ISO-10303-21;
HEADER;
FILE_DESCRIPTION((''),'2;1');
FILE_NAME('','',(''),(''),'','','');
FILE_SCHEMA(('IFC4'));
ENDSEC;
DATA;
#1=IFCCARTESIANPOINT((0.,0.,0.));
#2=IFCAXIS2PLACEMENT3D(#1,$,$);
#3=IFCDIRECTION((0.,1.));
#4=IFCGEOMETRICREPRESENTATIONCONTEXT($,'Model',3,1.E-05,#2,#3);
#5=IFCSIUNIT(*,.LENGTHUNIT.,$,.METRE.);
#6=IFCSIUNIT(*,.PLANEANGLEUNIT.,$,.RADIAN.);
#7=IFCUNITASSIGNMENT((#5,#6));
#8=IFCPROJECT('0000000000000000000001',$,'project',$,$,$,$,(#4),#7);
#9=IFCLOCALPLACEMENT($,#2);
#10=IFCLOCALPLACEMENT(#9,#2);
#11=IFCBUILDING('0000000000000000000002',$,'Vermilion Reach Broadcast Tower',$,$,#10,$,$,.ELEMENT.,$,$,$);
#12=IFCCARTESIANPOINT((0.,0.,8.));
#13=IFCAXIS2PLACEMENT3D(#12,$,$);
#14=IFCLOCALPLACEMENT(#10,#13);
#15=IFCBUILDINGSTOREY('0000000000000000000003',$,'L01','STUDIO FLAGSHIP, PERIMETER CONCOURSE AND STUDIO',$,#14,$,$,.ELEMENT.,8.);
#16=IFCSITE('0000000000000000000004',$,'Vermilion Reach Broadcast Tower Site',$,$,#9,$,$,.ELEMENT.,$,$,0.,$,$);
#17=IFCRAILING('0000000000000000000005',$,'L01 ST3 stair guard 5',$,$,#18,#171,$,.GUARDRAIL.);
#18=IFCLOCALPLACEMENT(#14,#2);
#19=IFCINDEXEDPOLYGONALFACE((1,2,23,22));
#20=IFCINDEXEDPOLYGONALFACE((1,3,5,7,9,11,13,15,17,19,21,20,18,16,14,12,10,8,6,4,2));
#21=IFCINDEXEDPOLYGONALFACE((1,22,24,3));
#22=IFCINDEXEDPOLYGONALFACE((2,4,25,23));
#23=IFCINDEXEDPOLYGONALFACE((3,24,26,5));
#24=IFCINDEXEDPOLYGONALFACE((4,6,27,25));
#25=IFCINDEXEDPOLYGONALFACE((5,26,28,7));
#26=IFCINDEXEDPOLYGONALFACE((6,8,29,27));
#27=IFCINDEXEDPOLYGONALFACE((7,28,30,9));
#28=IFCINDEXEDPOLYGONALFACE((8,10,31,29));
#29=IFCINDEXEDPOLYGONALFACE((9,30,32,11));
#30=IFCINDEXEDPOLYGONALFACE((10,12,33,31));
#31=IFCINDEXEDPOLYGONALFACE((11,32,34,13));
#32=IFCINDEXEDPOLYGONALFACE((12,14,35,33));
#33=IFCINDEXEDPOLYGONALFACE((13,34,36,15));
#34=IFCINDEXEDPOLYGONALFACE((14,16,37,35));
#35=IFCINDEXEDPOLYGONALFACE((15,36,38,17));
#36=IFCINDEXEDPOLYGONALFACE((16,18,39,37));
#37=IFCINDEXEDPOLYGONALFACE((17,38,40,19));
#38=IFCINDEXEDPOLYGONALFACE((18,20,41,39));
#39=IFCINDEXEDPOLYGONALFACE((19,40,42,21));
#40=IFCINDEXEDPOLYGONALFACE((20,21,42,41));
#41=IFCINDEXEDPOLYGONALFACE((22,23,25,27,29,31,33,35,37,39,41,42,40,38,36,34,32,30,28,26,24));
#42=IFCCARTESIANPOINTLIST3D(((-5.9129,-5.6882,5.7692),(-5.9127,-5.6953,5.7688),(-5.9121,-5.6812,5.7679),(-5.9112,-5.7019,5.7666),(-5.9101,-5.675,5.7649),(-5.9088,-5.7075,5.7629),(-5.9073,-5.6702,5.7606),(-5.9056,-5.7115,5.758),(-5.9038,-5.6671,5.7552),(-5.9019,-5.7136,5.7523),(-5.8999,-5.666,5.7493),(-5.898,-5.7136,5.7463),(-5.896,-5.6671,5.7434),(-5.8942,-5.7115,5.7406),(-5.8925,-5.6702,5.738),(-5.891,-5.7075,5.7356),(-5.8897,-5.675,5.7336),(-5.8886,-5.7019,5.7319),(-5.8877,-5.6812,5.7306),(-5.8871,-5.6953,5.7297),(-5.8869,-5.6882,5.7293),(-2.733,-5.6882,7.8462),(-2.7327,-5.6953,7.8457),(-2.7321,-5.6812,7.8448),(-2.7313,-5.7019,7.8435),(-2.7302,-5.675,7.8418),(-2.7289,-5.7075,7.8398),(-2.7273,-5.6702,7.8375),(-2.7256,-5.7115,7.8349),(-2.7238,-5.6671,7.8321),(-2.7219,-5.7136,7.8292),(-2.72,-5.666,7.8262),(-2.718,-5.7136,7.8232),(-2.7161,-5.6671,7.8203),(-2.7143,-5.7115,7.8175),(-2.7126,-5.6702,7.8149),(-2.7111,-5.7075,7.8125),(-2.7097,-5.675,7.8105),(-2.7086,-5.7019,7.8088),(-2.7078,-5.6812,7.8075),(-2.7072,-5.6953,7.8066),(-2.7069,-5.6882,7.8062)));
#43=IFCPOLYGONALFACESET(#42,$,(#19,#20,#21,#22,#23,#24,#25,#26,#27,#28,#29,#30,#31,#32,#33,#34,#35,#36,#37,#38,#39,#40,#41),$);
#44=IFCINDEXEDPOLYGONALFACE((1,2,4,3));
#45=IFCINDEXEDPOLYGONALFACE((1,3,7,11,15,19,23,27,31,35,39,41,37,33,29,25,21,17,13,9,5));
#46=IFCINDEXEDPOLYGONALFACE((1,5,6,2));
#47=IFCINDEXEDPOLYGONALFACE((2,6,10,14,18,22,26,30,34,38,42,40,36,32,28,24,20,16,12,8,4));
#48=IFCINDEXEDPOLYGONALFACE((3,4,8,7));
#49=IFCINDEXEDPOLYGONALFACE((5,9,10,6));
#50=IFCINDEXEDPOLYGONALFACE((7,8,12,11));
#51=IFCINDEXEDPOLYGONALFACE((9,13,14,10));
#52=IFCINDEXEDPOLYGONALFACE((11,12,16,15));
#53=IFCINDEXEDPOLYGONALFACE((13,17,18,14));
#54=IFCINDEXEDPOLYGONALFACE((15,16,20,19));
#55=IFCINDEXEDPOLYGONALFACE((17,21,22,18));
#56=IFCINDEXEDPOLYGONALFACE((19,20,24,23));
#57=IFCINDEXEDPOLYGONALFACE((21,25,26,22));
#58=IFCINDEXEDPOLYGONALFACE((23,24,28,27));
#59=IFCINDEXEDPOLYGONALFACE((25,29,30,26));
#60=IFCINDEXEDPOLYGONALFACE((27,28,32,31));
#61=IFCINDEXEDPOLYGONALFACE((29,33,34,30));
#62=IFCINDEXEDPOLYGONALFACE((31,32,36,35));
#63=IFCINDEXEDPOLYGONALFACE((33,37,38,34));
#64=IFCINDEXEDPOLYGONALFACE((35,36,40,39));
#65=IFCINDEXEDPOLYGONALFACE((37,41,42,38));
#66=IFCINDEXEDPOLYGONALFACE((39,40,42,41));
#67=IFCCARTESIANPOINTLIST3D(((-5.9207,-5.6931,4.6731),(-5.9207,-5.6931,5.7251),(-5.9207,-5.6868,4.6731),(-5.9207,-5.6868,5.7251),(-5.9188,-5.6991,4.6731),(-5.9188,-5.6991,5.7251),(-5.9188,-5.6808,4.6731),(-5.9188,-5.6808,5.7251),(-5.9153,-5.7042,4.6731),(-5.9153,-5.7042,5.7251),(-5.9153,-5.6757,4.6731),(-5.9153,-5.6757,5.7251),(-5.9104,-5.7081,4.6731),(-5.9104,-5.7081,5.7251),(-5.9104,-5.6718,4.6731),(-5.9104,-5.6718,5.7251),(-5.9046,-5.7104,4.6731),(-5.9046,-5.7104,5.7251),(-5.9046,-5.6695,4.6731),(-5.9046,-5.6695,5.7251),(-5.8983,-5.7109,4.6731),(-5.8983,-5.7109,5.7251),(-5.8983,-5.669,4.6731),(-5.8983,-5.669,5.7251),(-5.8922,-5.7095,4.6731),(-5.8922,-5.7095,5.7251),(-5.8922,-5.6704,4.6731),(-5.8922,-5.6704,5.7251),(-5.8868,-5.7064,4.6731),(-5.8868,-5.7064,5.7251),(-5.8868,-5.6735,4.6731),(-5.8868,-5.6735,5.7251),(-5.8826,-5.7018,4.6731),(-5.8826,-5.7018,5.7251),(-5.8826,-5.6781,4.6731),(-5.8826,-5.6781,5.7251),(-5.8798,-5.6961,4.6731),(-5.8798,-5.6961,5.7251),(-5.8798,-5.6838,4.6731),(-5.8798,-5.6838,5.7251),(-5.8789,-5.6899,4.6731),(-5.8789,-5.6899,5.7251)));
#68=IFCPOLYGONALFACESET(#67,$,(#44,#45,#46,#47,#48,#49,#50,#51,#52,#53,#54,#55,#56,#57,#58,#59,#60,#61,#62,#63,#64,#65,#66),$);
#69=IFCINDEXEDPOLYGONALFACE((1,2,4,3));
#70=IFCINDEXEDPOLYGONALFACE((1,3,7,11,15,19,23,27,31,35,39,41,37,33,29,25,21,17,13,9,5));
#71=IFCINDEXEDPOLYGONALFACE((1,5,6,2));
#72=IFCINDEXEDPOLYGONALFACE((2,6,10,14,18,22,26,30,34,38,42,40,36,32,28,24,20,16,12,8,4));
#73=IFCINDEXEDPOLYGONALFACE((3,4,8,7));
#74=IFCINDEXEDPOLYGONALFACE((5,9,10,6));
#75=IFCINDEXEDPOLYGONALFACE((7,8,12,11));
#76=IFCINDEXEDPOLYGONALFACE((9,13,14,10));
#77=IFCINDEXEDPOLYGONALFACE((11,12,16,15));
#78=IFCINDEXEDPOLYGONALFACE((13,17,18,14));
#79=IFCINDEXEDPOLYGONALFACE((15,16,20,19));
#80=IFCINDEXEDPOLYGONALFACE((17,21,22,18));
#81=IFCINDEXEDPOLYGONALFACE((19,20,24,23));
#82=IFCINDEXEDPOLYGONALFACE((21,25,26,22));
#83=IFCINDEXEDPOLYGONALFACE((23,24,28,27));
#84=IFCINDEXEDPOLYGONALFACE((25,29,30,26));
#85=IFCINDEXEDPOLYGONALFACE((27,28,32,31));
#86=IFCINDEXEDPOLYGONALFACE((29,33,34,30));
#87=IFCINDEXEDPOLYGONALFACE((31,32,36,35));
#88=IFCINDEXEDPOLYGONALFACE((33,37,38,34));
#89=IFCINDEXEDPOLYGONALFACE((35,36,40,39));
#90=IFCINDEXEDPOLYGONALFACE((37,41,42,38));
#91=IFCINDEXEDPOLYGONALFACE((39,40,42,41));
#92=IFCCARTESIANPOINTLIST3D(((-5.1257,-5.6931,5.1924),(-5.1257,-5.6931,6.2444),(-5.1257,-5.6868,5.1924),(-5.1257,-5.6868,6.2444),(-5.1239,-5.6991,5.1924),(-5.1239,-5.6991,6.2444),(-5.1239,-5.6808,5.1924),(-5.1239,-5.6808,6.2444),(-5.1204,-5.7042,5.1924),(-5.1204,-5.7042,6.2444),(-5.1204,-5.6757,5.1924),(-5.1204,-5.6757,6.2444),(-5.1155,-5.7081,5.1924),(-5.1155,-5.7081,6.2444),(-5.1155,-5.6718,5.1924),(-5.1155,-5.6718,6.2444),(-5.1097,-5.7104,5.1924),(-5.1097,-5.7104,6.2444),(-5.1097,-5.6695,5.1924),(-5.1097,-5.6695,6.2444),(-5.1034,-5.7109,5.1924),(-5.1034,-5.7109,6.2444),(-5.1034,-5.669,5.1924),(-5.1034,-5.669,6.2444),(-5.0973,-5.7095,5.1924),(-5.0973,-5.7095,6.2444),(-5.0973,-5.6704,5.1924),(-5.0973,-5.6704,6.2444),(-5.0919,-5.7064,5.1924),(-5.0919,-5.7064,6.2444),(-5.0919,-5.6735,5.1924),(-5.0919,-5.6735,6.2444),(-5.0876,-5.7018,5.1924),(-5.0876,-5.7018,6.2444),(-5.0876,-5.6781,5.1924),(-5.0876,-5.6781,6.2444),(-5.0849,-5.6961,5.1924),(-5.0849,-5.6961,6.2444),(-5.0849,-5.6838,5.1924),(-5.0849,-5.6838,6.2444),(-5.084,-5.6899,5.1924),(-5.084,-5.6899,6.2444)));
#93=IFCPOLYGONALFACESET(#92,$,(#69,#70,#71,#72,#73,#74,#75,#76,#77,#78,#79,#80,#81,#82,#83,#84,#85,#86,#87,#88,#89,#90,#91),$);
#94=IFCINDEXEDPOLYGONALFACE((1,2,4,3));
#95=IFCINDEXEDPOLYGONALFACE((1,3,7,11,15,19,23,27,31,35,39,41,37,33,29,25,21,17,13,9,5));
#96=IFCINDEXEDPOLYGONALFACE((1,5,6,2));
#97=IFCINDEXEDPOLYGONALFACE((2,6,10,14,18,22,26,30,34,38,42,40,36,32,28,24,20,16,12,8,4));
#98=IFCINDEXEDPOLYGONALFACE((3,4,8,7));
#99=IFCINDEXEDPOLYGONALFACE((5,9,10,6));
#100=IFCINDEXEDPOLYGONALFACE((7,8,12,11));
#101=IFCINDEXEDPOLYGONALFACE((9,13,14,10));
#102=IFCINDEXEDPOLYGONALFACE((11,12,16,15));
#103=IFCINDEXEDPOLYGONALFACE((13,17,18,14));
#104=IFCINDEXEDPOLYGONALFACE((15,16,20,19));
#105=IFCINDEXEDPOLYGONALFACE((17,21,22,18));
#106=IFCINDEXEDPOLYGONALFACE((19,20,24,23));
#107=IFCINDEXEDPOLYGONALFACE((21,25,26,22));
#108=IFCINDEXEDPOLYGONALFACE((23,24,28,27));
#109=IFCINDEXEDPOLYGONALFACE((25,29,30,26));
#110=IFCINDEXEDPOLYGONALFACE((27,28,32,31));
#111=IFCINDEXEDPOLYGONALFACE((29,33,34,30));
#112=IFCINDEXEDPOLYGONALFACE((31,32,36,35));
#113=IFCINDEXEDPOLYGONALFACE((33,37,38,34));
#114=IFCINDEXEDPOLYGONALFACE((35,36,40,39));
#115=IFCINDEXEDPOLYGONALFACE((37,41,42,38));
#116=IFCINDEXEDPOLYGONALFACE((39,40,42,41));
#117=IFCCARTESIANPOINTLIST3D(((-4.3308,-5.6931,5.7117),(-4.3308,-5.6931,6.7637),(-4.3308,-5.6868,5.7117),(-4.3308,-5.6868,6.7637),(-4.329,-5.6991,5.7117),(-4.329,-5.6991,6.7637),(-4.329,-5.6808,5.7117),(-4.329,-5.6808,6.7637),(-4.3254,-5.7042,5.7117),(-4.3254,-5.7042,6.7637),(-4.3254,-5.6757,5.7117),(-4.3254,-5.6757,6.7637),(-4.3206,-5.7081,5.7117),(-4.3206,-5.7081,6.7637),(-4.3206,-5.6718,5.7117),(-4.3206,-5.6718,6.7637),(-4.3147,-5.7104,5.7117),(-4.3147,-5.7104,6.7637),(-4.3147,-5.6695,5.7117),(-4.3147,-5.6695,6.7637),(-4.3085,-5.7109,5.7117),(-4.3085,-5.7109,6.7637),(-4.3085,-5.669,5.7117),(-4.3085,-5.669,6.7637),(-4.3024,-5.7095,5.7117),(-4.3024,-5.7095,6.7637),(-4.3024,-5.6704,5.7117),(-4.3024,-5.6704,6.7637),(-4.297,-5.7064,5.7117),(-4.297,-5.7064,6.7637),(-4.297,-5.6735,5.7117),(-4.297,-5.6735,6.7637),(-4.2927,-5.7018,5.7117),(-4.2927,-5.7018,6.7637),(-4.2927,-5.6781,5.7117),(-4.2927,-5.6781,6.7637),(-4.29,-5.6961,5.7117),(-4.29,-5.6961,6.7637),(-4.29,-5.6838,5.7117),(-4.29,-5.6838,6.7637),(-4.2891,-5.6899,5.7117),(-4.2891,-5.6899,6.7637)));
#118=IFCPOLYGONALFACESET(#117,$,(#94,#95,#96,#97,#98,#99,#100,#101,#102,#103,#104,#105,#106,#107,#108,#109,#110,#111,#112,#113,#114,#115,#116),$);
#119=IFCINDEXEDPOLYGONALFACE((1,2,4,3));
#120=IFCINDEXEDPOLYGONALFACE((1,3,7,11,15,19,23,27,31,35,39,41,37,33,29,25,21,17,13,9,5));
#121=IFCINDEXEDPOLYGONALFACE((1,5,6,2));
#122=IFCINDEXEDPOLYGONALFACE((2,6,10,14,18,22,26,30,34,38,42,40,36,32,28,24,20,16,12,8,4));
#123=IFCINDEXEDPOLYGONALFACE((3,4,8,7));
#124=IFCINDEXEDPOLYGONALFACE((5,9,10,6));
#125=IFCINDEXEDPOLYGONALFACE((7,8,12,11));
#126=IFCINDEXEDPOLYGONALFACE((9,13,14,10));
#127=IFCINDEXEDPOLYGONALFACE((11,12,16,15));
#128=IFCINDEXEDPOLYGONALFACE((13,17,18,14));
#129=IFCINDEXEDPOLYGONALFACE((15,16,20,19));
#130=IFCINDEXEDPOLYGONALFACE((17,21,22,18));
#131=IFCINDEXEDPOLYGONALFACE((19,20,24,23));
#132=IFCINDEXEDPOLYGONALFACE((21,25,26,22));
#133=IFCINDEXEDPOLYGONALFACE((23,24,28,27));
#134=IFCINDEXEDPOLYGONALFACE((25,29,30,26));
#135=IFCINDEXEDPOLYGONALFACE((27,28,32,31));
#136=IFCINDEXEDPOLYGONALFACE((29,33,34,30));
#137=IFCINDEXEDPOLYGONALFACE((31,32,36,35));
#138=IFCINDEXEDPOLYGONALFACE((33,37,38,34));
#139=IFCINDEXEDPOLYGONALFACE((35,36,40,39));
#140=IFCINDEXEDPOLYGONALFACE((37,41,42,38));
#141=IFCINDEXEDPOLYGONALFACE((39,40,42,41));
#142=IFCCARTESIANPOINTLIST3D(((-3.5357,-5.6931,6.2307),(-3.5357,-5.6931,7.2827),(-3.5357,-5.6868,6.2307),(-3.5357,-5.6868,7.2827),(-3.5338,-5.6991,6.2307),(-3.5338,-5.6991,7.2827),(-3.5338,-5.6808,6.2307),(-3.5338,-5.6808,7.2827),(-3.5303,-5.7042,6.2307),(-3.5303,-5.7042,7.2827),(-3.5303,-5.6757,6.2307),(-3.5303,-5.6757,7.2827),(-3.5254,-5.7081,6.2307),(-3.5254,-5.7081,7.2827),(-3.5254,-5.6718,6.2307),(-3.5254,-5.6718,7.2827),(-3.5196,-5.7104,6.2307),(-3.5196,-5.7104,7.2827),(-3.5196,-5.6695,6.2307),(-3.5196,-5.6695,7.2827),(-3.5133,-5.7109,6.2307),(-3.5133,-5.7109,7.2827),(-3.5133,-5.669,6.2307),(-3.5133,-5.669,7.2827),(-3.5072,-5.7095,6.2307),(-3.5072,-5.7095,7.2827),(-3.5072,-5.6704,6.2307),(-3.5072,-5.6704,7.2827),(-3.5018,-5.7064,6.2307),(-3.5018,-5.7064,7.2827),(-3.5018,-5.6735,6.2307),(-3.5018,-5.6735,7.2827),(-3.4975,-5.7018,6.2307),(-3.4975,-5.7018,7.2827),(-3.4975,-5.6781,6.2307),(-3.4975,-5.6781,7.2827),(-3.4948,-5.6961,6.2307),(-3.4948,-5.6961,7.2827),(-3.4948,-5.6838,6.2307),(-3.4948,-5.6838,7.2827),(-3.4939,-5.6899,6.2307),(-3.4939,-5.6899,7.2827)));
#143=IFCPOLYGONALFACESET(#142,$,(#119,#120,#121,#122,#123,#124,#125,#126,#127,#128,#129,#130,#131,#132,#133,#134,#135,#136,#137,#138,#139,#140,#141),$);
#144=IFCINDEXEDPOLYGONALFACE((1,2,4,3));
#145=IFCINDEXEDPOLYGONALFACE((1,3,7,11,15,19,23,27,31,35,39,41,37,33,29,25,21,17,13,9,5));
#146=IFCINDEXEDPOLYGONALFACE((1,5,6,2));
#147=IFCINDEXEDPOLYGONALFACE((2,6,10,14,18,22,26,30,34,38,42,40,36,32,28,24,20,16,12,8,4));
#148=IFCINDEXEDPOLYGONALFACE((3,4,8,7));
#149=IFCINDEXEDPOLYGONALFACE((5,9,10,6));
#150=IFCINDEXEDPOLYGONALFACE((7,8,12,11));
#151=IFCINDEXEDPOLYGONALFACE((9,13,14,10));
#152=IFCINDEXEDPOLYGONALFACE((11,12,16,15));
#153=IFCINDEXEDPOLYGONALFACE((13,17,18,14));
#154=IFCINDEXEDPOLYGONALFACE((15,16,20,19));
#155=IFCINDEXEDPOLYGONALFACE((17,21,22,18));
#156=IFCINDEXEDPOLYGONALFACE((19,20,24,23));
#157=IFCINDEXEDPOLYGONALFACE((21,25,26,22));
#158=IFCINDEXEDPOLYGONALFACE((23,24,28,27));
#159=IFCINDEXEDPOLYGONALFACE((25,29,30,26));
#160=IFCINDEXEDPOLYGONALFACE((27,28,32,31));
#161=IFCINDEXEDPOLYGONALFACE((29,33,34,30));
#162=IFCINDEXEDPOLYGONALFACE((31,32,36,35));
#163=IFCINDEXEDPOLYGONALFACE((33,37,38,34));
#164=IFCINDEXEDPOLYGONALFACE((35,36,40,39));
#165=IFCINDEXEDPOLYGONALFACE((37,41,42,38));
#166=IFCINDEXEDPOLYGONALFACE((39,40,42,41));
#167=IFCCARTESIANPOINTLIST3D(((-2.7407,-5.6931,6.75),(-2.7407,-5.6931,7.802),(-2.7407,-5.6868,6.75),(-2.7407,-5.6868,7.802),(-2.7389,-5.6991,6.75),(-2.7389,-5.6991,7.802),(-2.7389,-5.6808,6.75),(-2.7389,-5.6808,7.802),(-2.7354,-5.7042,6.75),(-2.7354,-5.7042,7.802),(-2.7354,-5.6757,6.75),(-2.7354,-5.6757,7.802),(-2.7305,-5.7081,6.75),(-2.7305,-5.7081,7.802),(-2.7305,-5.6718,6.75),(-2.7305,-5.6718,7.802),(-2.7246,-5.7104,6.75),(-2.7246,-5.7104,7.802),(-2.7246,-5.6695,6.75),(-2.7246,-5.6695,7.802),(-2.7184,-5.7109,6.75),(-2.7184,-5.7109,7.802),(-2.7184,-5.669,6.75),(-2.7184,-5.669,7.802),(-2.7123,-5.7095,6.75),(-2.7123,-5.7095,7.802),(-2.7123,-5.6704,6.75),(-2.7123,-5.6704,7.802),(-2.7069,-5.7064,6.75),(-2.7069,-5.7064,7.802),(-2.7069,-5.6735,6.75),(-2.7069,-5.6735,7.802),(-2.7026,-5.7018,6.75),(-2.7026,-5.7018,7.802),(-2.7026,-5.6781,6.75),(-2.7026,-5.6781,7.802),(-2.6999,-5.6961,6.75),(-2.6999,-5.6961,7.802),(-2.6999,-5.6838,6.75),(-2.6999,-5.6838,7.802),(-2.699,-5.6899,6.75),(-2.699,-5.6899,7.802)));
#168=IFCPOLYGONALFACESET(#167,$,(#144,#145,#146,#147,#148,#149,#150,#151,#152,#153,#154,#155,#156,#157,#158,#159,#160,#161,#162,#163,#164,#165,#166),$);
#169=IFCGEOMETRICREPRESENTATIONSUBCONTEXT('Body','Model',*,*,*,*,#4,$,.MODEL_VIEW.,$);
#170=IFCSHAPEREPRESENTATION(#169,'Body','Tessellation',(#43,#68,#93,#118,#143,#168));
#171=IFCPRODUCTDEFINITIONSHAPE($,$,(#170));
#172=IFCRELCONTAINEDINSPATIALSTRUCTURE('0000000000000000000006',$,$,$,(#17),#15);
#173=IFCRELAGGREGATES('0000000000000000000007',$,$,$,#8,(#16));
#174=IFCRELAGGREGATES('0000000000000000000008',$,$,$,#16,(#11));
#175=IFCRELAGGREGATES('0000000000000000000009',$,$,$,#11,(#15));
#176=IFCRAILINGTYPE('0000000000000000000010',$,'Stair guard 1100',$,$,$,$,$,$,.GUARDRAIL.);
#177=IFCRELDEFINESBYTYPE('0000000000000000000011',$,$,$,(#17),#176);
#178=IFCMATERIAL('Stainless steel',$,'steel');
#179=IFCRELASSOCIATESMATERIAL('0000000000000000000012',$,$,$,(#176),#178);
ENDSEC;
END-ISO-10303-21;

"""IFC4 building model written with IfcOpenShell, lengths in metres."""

from ifc_helpers import new_model, si_unit, direction, frame, origin, origin_2d, place, context, subcontext, project, spatial, circle, extrude, material, type_object, element, save


model = new_model("IFC4")

# Units and contexts
model_context = context("Model", 3, precision=1e-05, world=origin(), true_north=direction((0.0, 1.0)))
body_context = subcontext(model_context, "Body", "Model", "MODEL_VIEW")
ifc_project = project(units=[si_unit("LENGTHUNIT", "METRE"), si_unit("PLANEANGLEUNIT", "RADIAN")], contexts=[model_context])

# Site, building, storey
site_placement = place(None, origin())
site = spatial("IfcSite", under=ifc_project, at=site_placement, Name="Vermilion Reach Broadcast Tower Site", CompositionType="ELEMENT", RefElevation=0.0)
building_placement = place(site_placement, origin())
building = spatial("IfcBuilding", under=site, at=building_placement, Name="Vermilion Reach Broadcast Tower", CompositionType="ELEMENT")
storey_placement = place(building_placement, frame((0.0, 0.0, 8.0)))
storey = spatial("IfcBuildingStorey", under=building, at=storey_placement, Name="L01", Description="STUDIO FLAGSHIP, PERIMETER CONCOURSE AND STUDIO", CompositionType="ELEMENT", Elevation=8.0)

# Railing
ifc_material_1 = material(Name="Stainless steel", Category="steel")
railing_type_1 = type_object("IfcRailingType", Name="Stair guard 1100", PredefinedType="GUARDRAIL", material=ifc_material_1)
railing_1_placement = place(storey_placement, frame((-5.8999, -5.6899, 4.6731)))
element("IfcRailing", 1, at=railing_1_placement, inside=storey, type_object=railing_type_1, Name="L01 ST3 stair guard 5", PredefinedType="GUARDRAIL", context=body_context, shape_type="SweptSolid", body=[
    extrude(circle(Radius=0.0239, at=origin_2d()), frame((0.0, 0.0, 1.0762), z_axis=(0.837245, 0.0, 0.546828), x_axis=(0.0, 1.0, 0.0)), (0.0, 0.0, 1.0), 3.7981),
    extrude(circle(Radius=0.021, at=origin_2d()), origin(), (0.0, 0.0, 1.0), 1.052),
    extrude(circle(Radius=0.021, at=origin_2d()), frame((0.7949, 0.0, 0.5193)), (0.0, 0.0, 1.0), 1.052),
    extrude(circle(Radius=0.021, at=origin_2d()), frame((1.5898, 0.0, 1.0386)), (0.0, 0.0, 1.0), 1.052),
    extrude(circle(Radius=0.021, at=origin_2d()), frame((2.385, 0.0, 1.5576)), (0.0, 0.0, 1.0), 1.052),
    extrude(circle(Radius=0.021, at=origin_2d()), frame((3.1799, 0.0, 2.0769)), (0.0, 0.0, 1.0), 1.052),
])

save(model, "model.ifc")
